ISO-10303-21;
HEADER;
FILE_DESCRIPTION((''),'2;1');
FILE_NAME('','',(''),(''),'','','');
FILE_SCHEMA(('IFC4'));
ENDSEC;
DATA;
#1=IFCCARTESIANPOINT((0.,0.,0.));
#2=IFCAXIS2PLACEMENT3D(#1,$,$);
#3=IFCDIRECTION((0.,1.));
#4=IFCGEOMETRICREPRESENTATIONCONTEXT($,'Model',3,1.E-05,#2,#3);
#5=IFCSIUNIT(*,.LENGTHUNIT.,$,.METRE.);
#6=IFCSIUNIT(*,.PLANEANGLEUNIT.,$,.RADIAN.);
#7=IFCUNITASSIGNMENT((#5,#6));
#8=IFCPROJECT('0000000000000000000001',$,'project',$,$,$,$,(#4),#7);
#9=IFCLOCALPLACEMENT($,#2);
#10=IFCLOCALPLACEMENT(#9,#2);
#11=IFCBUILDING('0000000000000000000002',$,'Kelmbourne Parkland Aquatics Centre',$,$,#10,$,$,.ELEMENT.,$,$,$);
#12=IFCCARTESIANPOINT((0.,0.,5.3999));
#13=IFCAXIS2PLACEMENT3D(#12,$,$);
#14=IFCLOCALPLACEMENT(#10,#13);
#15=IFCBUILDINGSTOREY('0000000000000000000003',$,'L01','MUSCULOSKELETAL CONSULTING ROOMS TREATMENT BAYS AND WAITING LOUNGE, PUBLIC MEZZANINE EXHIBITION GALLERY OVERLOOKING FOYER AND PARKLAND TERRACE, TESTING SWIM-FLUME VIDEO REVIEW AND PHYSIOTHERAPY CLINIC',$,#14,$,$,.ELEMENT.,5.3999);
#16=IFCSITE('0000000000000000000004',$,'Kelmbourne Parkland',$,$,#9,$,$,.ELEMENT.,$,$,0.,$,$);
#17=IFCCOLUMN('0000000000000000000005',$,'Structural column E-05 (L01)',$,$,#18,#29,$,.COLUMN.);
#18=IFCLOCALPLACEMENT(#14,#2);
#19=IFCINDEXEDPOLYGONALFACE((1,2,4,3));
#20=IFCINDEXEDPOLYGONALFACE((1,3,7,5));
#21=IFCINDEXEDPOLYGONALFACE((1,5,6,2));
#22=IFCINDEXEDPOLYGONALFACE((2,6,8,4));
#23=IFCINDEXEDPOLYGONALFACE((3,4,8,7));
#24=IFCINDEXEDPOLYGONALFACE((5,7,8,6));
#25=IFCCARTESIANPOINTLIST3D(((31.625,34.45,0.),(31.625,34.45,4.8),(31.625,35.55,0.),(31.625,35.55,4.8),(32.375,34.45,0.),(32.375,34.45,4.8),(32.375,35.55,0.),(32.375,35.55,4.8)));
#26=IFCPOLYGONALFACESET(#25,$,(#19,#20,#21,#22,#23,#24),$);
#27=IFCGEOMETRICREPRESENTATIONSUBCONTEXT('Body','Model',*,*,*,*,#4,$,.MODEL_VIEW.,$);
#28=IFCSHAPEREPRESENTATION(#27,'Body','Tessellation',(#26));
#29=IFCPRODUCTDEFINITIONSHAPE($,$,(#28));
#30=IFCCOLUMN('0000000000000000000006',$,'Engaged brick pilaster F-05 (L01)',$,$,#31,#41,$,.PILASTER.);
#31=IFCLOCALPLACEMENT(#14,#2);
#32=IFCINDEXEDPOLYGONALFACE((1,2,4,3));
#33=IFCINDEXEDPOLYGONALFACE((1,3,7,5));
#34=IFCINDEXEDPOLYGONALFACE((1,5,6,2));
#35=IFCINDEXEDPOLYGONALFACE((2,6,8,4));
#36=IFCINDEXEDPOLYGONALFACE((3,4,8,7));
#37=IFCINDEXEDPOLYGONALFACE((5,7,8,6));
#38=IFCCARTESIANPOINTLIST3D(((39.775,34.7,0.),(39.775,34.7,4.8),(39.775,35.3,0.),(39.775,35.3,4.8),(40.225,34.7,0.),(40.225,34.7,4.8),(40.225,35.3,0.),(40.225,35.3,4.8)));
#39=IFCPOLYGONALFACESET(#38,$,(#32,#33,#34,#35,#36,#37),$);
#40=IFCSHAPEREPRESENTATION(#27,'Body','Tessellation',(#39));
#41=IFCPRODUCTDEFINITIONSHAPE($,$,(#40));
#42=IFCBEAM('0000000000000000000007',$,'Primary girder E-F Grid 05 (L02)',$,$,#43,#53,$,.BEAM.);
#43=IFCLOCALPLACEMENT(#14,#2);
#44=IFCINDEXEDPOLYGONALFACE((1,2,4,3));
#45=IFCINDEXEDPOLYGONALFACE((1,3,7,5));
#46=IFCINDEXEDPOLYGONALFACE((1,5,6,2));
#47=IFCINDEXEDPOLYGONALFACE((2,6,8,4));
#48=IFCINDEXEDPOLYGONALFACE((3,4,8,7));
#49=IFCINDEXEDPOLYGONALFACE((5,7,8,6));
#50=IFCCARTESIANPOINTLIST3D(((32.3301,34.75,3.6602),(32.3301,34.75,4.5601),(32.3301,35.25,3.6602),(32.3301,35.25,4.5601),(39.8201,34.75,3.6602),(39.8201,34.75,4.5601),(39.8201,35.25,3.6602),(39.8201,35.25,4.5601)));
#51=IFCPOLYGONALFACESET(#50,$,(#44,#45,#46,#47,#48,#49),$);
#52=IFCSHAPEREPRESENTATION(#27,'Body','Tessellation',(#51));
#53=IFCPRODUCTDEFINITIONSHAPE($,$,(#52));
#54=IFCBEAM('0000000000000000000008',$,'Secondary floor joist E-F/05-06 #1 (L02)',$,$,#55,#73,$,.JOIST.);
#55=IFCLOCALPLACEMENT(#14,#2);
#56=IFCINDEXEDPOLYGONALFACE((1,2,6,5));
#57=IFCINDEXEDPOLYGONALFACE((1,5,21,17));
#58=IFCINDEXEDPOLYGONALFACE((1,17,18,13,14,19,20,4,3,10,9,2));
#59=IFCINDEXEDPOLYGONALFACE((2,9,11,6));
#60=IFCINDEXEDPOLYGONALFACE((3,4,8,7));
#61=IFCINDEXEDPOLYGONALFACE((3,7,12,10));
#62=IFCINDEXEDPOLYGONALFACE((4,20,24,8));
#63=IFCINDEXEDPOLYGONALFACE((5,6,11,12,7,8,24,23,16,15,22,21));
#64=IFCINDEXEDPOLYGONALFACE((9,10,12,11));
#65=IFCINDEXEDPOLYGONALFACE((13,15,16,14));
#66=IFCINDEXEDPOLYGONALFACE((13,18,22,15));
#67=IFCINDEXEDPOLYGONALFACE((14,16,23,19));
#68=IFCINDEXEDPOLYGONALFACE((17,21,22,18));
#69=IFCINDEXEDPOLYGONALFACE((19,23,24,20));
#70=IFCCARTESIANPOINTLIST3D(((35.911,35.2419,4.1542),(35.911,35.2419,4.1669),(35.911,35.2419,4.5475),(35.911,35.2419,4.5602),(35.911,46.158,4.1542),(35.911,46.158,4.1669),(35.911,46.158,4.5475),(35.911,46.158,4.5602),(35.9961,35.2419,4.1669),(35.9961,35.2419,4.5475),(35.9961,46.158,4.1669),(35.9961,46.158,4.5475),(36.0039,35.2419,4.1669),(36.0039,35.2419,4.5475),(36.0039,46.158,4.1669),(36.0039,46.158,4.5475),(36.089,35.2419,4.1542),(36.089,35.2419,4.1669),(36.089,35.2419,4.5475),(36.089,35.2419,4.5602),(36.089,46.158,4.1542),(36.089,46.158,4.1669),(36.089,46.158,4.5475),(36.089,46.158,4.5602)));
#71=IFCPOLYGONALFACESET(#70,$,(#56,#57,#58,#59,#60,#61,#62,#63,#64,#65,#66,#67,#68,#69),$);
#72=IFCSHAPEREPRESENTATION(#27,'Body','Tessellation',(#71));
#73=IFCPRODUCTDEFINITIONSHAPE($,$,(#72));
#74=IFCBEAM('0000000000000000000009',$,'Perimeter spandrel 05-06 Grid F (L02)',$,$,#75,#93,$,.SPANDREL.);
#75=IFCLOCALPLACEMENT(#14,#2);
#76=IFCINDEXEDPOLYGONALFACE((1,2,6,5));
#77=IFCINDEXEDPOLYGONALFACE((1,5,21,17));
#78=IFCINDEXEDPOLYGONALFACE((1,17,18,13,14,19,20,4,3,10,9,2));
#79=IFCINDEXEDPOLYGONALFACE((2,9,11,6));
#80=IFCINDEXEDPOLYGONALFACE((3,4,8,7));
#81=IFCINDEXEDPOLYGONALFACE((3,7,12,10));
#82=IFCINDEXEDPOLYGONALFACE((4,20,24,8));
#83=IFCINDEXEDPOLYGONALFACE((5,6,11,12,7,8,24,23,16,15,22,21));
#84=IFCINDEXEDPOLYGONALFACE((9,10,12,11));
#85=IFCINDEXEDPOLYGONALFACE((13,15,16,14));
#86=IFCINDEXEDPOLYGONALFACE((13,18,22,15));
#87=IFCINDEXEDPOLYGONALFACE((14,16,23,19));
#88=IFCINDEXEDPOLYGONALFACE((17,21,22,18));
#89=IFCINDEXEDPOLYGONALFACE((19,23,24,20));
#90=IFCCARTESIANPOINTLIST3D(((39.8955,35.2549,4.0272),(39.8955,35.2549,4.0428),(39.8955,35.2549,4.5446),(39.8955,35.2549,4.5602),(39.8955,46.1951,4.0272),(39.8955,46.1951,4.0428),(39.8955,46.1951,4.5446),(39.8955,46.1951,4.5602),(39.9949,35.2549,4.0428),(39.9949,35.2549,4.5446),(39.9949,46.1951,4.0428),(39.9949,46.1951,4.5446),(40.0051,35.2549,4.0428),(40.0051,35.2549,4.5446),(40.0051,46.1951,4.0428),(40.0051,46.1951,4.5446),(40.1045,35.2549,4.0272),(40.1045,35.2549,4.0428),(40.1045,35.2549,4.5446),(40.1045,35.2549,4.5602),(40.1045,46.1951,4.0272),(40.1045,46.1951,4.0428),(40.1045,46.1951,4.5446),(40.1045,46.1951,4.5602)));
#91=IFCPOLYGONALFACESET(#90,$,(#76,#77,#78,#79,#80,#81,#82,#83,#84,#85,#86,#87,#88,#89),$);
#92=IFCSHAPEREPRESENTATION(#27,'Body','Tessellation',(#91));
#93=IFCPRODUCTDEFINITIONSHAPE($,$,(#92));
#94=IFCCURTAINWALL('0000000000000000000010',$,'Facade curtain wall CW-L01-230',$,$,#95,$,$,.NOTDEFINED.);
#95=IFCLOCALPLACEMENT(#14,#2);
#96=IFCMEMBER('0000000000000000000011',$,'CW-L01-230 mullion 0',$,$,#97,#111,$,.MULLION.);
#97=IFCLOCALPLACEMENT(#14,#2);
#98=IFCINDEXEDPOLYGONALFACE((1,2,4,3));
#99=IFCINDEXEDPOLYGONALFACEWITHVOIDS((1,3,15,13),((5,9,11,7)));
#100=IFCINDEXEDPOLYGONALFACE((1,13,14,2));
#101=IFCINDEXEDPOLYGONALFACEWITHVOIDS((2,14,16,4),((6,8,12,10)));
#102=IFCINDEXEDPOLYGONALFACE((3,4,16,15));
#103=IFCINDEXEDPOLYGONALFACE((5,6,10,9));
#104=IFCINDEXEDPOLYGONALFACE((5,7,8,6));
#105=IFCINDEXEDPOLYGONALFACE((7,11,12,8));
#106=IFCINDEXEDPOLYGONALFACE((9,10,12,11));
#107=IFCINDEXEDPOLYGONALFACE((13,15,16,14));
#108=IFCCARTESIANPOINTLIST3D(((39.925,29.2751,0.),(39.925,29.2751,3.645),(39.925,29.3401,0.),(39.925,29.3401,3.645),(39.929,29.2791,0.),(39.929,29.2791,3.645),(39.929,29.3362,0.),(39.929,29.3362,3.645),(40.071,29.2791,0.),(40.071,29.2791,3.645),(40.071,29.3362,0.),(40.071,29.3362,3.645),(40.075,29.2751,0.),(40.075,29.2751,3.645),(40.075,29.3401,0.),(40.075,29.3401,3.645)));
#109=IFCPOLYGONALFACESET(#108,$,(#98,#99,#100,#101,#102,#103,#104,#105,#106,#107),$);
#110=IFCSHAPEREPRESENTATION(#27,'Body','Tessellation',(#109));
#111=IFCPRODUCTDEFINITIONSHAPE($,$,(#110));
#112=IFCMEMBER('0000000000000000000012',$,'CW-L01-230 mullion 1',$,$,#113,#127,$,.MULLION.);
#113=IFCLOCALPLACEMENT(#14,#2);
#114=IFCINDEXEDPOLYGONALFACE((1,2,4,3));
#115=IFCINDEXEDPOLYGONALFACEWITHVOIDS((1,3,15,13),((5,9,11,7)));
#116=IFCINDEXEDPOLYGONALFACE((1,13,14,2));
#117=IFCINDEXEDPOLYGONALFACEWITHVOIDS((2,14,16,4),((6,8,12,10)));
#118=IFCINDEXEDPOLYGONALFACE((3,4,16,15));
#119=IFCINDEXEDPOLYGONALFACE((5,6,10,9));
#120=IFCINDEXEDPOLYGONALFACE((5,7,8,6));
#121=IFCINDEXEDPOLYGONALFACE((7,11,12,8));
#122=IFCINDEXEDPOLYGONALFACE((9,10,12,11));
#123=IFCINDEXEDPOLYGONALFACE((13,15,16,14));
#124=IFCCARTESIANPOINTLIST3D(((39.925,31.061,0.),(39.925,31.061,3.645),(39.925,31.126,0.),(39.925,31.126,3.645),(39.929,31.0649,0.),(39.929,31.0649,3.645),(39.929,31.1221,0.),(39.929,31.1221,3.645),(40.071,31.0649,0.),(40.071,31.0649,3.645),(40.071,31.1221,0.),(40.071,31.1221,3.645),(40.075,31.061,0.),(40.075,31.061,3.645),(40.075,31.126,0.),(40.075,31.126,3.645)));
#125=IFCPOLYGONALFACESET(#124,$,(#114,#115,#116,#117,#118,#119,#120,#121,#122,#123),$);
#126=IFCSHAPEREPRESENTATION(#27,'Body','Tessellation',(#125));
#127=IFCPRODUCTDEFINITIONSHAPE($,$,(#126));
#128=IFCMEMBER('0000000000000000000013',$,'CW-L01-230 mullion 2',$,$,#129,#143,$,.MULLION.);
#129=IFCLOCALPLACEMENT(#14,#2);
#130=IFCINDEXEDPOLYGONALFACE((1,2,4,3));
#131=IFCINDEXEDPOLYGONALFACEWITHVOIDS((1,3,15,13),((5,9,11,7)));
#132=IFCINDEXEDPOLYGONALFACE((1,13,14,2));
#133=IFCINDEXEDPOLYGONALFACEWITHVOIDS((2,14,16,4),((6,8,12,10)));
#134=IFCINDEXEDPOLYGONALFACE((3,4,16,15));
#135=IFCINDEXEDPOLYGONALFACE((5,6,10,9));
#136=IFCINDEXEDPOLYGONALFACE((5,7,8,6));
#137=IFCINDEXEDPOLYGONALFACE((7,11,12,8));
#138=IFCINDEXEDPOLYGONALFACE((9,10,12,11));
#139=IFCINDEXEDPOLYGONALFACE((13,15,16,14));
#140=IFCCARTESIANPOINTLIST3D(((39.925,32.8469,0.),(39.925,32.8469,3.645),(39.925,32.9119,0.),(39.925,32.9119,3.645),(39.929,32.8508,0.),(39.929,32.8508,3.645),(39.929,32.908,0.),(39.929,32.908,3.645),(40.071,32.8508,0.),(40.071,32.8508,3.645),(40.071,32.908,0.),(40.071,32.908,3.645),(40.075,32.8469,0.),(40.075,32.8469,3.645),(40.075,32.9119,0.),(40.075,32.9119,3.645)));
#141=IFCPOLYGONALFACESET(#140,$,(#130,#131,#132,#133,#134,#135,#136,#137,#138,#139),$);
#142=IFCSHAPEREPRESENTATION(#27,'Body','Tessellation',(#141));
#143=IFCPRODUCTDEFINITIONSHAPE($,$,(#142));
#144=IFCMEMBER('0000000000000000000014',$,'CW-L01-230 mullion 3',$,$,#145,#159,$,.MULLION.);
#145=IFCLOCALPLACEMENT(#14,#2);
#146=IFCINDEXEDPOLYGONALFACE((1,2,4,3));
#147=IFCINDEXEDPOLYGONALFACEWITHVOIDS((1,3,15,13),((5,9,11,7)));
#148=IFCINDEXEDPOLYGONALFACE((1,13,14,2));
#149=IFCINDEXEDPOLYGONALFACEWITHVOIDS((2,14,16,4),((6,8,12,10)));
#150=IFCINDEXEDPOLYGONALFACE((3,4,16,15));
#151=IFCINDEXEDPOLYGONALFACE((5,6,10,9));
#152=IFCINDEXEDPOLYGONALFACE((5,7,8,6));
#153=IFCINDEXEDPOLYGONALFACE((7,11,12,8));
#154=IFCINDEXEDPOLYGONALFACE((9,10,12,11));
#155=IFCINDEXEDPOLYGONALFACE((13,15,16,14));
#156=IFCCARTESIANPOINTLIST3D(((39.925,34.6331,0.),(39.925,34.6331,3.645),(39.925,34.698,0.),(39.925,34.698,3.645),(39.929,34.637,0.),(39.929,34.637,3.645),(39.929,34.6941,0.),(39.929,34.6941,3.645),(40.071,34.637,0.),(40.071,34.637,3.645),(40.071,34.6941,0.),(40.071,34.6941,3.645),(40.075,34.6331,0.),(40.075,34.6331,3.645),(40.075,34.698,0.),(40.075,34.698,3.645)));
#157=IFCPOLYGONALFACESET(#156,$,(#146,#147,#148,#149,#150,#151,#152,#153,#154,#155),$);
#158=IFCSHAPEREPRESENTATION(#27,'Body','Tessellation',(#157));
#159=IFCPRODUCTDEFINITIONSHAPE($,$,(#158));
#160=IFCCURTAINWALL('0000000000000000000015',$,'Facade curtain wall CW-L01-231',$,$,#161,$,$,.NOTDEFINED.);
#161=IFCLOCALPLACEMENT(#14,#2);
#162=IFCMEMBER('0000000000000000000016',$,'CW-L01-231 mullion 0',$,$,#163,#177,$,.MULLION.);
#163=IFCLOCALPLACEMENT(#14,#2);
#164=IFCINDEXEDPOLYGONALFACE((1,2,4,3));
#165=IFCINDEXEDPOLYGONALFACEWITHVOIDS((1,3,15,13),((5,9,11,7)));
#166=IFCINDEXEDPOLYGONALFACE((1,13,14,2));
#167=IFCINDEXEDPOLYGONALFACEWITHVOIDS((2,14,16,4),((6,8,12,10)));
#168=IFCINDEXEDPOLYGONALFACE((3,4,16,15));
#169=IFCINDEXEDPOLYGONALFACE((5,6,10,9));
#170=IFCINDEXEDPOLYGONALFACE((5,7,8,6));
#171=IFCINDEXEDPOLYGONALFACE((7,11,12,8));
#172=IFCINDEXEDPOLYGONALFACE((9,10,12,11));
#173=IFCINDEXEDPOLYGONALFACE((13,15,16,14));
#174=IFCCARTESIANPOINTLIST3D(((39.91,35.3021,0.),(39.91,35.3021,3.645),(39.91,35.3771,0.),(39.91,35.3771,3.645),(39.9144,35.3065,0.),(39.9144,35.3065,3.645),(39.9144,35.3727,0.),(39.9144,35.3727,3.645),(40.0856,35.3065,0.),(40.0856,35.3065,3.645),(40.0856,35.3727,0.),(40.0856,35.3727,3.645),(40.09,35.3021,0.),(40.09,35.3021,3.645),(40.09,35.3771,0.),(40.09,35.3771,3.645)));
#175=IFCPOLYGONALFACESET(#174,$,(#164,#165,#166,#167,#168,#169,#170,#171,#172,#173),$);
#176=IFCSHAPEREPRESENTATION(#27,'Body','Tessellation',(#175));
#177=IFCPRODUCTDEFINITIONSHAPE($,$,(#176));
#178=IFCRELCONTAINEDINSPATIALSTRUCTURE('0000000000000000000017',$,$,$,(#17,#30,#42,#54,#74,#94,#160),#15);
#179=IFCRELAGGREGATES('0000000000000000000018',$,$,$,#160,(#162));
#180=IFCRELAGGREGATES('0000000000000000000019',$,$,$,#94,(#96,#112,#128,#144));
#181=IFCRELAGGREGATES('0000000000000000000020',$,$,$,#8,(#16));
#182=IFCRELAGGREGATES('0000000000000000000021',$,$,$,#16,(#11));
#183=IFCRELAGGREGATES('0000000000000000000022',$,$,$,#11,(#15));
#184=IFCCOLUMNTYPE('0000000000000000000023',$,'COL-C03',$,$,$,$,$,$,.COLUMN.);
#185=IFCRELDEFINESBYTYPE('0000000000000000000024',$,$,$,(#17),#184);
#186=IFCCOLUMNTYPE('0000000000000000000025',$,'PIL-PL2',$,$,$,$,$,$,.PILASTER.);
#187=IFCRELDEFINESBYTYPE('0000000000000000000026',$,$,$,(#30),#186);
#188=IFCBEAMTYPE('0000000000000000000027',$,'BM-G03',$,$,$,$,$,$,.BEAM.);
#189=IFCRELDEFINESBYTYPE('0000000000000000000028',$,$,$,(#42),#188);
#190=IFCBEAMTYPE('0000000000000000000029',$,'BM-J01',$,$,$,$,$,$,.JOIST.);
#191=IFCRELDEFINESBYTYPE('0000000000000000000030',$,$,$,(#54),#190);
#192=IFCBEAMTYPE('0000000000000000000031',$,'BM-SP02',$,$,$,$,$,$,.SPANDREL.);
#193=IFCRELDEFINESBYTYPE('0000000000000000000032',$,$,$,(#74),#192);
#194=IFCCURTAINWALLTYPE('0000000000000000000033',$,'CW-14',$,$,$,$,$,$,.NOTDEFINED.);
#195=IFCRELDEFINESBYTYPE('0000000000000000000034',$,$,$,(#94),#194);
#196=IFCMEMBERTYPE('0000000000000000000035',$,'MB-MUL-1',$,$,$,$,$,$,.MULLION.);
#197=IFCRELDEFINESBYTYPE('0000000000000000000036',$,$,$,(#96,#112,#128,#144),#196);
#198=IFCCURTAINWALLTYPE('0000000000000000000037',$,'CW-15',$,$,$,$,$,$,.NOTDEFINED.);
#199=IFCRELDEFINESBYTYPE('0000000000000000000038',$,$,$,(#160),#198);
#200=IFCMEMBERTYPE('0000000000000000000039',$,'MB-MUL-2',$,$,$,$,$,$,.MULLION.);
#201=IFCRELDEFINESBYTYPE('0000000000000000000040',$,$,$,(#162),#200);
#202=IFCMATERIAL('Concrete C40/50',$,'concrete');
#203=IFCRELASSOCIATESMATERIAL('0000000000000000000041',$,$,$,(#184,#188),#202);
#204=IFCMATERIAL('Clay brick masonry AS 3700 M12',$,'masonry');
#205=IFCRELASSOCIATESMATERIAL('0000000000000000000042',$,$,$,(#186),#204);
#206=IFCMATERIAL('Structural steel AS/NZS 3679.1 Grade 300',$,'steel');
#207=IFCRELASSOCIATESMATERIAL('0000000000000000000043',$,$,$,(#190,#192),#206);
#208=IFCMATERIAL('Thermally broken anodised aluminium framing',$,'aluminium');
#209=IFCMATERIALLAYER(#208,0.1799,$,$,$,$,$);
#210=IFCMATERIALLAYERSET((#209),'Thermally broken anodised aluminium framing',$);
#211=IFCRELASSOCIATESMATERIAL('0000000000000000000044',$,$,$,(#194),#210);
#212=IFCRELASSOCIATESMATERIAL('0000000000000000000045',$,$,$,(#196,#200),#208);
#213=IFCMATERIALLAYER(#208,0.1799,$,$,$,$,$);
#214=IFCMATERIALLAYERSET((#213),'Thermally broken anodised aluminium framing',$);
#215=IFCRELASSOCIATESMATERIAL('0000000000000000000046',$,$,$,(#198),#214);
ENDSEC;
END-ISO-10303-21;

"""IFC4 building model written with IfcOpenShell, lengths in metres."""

from ifc_helpers import new_model, si_unit, direction, frame, origin, origin_2d, place, context, subcontext, project, spatial, rectangle, hollow_rectangle, i_section, extrude, material, layer, layer_set, material_profile, profile_set, type_object, element, aggregate, save


model = new_model("IFC4")

# Units and contexts
model_context = context("Model", 3, precision=1e-05, world=origin(), true_north=direction((0.0, 1.0)))
body_context = subcontext(model_context, "Body", "Model", "MODEL_VIEW")
ifc_project = project(units=[si_unit("LENGTHUNIT", "METRE"), si_unit("PLANEANGLEUNIT", "RADIAN")], contexts=[model_context])

# Site, building, storey
site_placement = place(None, origin())
site = spatial("IfcSite", under=ifc_project, at=site_placement, Name="Kelmbourne Parkland", CompositionType="ELEMENT", RefElevation=0.0)
building_placement = place(site_placement, origin())
building = spatial("IfcBuilding", under=site, at=building_placement, Name="Kelmbourne Parkland Aquatics Centre", CompositionType="ELEMENT")
storey_placement = place(building_placement, frame((0.0, 0.0, 5.3999)))
storey = spatial("IfcBuildingStorey", under=building, at=storey_placement, Name="L01", Description="MUSCULOSKELETAL CONSULTING ROOMS TREATMENT BAYS AND WAITING LOUNGE, PUBLIC MEZZANINE EXHIBITION GALLERY OVERLOOKING FOYER AND PARKLAND TERRACE, TESTING SWIM-FLUME VIDEO REVIEW AND PHYSIOTHERAPY CLINIC", CompositionType="ELEMENT", Elevation=5.3999)

# Columns
ifc_material_1 = material(Name="Concrete C40/50", Category="concrete")
ifc_material_profile_1 = material_profile(ifc_material_1, rectangle(XDim=0.75, YDim=1.1001, at=origin_2d()), Name="RC 750x1100")
ifc_profile_set_1 = profile_set([ifc_material_profile_1], Name="Concrete C40/50")
column_type_1 = type_object("IfcColumnType", Name="COL-C03", PredefinedType="COLUMN", material=ifc_profile_set_1)
column_1_placement = place(storey_placement, frame((32.0, 35.0, 0.0), z_axis=(0.0, 0.0, 1.0), x_axis=(1.0, 0.0, 0.0)))
element("IfcColumn", 1, at=column_1_placement, inside=storey, type_object=column_type_1, Name="Structural column E-05 (L01)", PredefinedType="COLUMN", context=body_context, shape_type="SweptSolid", body=[
    extrude(rectangle(XDim=0.75, YDim=1.1001, at=origin_2d()), origin(), (0.0, 0.0, 1.0), 4.8),
])
ifc_material_2 = material(Name="Clay brick masonry AS 3700 M12", Category="masonry")
ifc_material_profile_2 = material_profile(ifc_material_2, rectangle(XDim=0.45, YDim=0.6001, at=origin_2d()), Name="PIL 450x600")
ifc_profile_set_2 = profile_set([ifc_material_profile_2], Name="Clay brick masonry AS 3700 M12")
column_type_2 = type_object("IfcColumnType", Name="PIL-PL2", PredefinedType="PILASTER", material=ifc_profile_set_2)
column_2_placement = place(storey_placement, frame((40.0, 35.0, 0.0), z_axis=(0.0, 0.0, 1.0), x_axis=(1.0, 0.0, 0.0)))
element("IfcColumn", 2, at=column_2_placement, inside=storey, type_object=column_type_2, Name="Engaged brick pilaster F-05 (L01)", PredefinedType="PILASTER", context=body_context, shape_type="SweptSolid", body=[
    extrude(rectangle(XDim=0.45, YDim=0.6001, at=origin_2d()), origin(), (0.0, 0.0, 1.0), 4.8),
])

# Beams
ifc_material_profile_3 = material_profile(ifc_material_1, rectangle(XDim=0.5, YDim=0.8999, at=origin_2d()), Name="RC 500x900")
ifc_profile_set_3 = profile_set([ifc_material_profile_3], Name="Concrete C40/50")
beam_type_1 = type_object("IfcBeamType", Name="BM-G03", PredefinedType="BEAM", material=ifc_profile_set_3)
beam_1_placement = place(storey_placement, frame((32.3301, 35.0, 4.1101), z_axis=(1.0, 0.0, 0.0), x_axis=(0.0, 1.0, 0.0)))
element("IfcBeam", 3, at=beam_1_placement, inside=storey, type_object=beam_type_1, Name="Primary girder E-F Grid 05 (L02)", PredefinedType="BEAM", context=body_context, shape_type="SweptSolid", body=[
    extrude(rectangle(XDim=0.5, YDim=0.8999, at=origin_2d()), origin(), (0.0, 0.0, 1.0), 7.49),
])
ifc_material_3 = material(Name="Structural steel AS/NZS 3679.1 Grade 300", Category="steel")
ifc_material_profile_4 = material_profile(ifc_material_3, i_section(OverallWidth=0.178, OverallDepth=0.406, WebThickness=0.0078, FlangeThickness=0.0127, at=origin_2d()), Name="410UB59.7")
ifc_profile_set_4 = profile_set([ifc_material_profile_4], Name="Structural steel AS/NZS 3679.1 Grade 300")
beam_type_2 = type_object("IfcBeamType", Name="BM-J01", PredefinedType="JOIST", material=ifc_profile_set_4)
beam_2_placement = place(storey_placement, frame((36.0, 35.2419, 4.3572), z_axis=(0.0, 1.0, 0.0), x_axis=(-1.0, 0.0, 0.0)))
element("IfcBeam", 4, at=beam_2_placement, inside=storey, type_object=beam_type_2, Name="Secondary floor joist E-F/05-06 #1 (L02)", PredefinedType="JOIST", context=body_context, shape_type="SweptSolid", body=[
    extrude(i_section(OverallWidth=0.178, OverallDepth=0.406, WebThickness=0.0078, FlangeThickness=0.0127, at=origin_2d()), origin(), (0.0, 0.0, 1.0), 10.916),
])
ifc_material_profile_5 = material_profile(ifc_material_3, i_section(OverallWidth=0.209, OverallDepth=0.533, WebThickness=0.0103, FlangeThickness=0.0156, at=origin_2d()), Name="530UB92.4")
ifc_profile_set_5 = profile_set([ifc_material_profile_5], Name="Structural steel AS/NZS 3679.1 Grade 300")
beam_type_3 = type_object("IfcBeamType", Name="BM-SP02", PredefinedType="SPANDREL", material=ifc_profile_set_5)
beam_3_placement = place(storey_placement, frame((40.0, 35.2549, 4.2937), z_axis=(0.0, 1.0, 0.0), x_axis=(-1.0, 0.0, 0.0)))
element("IfcBeam", 5, at=beam_3_placement, inside=storey, type_object=beam_type_3, Name="Perimeter spandrel 05-06 Grid F (L02)", PredefinedType="SPANDREL", context=body_context, shape_type="SweptSolid", body=[
    extrude(i_section(OverallWidth=0.209, OverallDepth=0.533, WebThickness=0.0103, FlangeThickness=0.0156, at=origin_2d()), origin(), (0.0, 0.0, 1.0), 10.9402),
])

# Curtain wall, members
ifc_material_4 = material(Name="Thermally broken anodised aluminium framing", Category="aluminium")
ifc_layer_1 = layer(ifc_material_4, 0.1799)
ifc_layer_set_1 = layer_set([ifc_layer_1], Name="Thermally broken anodised aluminium framing")
curtain_wall_type_1 = type_object("IfcCurtainWallType", Name="CW-14", PredefinedType="NOTDEFINED", material=ifc_layer_set_1)
curtain_wall_1_placement = place(storey_placement, origin())
curtain_wall_1 = element("IfcCurtainWall", 6, at=curtain_wall_1_placement, inside=storey, type_object=curtain_wall_type_1, Name="Facade curtain wall CW-L01-230", PredefinedType="NOTDEFINED")
ifc_material_profile_6 = material_profile(ifc_material_4, hollow_rectangle(XDim=0.0649, YDim=0.1499, WallThickness=0.0039, at=origin_2d()), Name="CW-M 65x150")
ifc_profile_set_6 = profile_set([ifc_material_profile_6], Name="Thermally broken anodised aluminium framing")
member_type_1 = type_object("IfcMemberType", Name="MB-MUL-1", PredefinedType="MULLION", material=ifc_profile_set_6)
member_1_placement = place(storey_placement, frame((40.0, 29.3076, 0.0), z_axis=(0.0, 0.0, 1.0), x_axis=(0.0, 1.0, 0.0)))
member_1 = element("IfcMember", 7, at=member_1_placement, type_object=member_type_1, Name="CW-L01-230 mullion 0", PredefinedType="MULLION", context=body_context, shape_type="SweptSolid", body=[
    extrude(hollow_rectangle(XDim=0.0649, YDim=0.1499, WallThickness=0.0039, at=origin_2d()), origin(), (0.0, 0.0, 1.0), 3.645),
])
member_2_placement = place(storey_placement, frame((40.0, 31.0935, 0.0), z_axis=(0.0, 0.0, 1.0), x_axis=(0.0, 1.0, 0.0)))
member_2 = element("IfcMember", 8, at=member_2_placement, type_object=member_type_1, Name="CW-L01-230 mullion 1", PredefinedType="MULLION", context=body_context, shape_type="SweptSolid", body=[
    extrude(hollow_rectangle(XDim=0.0649, YDim=0.1499, WallThickness=0.0039, at=origin_2d()), origin(), (0.0, 0.0, 1.0), 3.645),
])
member_3_placement = place(storey_placement, frame((40.0, 32.8794, 0.0), z_axis=(0.0, 0.0, 1.0), x_axis=(0.0, 1.0, 0.0)))
member_3 = element("IfcMember", 9, at=member_3_placement, type_object=member_type_1, Name="CW-L01-230 mullion 2", PredefinedType="MULLION", context=body_context, shape_type="SweptSolid", body=[
    extrude(hollow_rectangle(XDim=0.0649, YDim=0.1499, WallThickness=0.0039, at=origin_2d()), origin(), (0.0, 0.0, 1.0), 3.645),
])
member_4_placement = place(storey_placement, frame((40.0, 34.6655, 0.0), z_axis=(0.0, 0.0, 1.0), x_axis=(0.0, 1.0, 0.0)))
member_4 = element("IfcMember", 10, at=member_4_placement, type_object=member_type_1, Name="CW-L01-230 mullion 3", PredefinedType="MULLION", context=body_context, shape_type="SweptSolid", body=[
    extrude(hollow_rectangle(XDim=0.0649, YDim=0.1499, WallThickness=0.0039, at=origin_2d()), origin(), (0.0, 0.0, 1.0), 3.645),
])

# Curtain wall, member
ifc_layer_2 = layer(ifc_material_4, 0.1799)
ifc_layer_set_2 = layer_set([ifc_layer_2], Name="Thermally broken anodised aluminium framing")
curtain_wall_type_2 = type_object("IfcCurtainWallType", Name="CW-15", PredefinedType="NOTDEFINED", material=ifc_layer_set_2)
curtain_wall_2_placement = place(storey_placement, origin())
curtain_wall_2 = element("IfcCurtainWall", 11, at=curtain_wall_2_placement, inside=storey, type_object=curtain_wall_type_2, Name="Facade curtain wall CW-L01-231", PredefinedType="NOTDEFINED")
ifc_material_profile_7 = material_profile(ifc_material_4, hollow_rectangle(XDim=0.075, YDim=0.1799, WallThickness=0.0044, at=origin_2d()), Name="CW-M 75x180")
ifc_profile_set_7 = profile_set([ifc_material_profile_7], Name="Thermally broken anodised aluminium framing")
member_type_2 = type_object("IfcMemberType", Name="MB-MUL-2", PredefinedType="MULLION", material=ifc_profile_set_7)
member_5_placement = place(storey_placement, frame((40.0, 35.3396, 0.0), z_axis=(0.0, 0.0, 1.0), x_axis=(0.0, 1.0, 0.0)))
member_5 = element("IfcMember", 12, at=member_5_placement, type_object=member_type_2, Name="CW-L01-231 mullion 0", PredefinedType="MULLION", context=body_context, shape_type="SweptSolid", body=[
    extrude(hollow_rectangle(XDim=0.075, YDim=0.1799, WallThickness=0.0044, at=origin_2d()), origin(), (0.0, 0.0, 1.0), 3.645),
])

aggregate(curtain_wall_2, [member_5])

aggregate(curtain_wall_1, [member_1, member_2, member_3, member_4])

save(model, "model.ifc")
